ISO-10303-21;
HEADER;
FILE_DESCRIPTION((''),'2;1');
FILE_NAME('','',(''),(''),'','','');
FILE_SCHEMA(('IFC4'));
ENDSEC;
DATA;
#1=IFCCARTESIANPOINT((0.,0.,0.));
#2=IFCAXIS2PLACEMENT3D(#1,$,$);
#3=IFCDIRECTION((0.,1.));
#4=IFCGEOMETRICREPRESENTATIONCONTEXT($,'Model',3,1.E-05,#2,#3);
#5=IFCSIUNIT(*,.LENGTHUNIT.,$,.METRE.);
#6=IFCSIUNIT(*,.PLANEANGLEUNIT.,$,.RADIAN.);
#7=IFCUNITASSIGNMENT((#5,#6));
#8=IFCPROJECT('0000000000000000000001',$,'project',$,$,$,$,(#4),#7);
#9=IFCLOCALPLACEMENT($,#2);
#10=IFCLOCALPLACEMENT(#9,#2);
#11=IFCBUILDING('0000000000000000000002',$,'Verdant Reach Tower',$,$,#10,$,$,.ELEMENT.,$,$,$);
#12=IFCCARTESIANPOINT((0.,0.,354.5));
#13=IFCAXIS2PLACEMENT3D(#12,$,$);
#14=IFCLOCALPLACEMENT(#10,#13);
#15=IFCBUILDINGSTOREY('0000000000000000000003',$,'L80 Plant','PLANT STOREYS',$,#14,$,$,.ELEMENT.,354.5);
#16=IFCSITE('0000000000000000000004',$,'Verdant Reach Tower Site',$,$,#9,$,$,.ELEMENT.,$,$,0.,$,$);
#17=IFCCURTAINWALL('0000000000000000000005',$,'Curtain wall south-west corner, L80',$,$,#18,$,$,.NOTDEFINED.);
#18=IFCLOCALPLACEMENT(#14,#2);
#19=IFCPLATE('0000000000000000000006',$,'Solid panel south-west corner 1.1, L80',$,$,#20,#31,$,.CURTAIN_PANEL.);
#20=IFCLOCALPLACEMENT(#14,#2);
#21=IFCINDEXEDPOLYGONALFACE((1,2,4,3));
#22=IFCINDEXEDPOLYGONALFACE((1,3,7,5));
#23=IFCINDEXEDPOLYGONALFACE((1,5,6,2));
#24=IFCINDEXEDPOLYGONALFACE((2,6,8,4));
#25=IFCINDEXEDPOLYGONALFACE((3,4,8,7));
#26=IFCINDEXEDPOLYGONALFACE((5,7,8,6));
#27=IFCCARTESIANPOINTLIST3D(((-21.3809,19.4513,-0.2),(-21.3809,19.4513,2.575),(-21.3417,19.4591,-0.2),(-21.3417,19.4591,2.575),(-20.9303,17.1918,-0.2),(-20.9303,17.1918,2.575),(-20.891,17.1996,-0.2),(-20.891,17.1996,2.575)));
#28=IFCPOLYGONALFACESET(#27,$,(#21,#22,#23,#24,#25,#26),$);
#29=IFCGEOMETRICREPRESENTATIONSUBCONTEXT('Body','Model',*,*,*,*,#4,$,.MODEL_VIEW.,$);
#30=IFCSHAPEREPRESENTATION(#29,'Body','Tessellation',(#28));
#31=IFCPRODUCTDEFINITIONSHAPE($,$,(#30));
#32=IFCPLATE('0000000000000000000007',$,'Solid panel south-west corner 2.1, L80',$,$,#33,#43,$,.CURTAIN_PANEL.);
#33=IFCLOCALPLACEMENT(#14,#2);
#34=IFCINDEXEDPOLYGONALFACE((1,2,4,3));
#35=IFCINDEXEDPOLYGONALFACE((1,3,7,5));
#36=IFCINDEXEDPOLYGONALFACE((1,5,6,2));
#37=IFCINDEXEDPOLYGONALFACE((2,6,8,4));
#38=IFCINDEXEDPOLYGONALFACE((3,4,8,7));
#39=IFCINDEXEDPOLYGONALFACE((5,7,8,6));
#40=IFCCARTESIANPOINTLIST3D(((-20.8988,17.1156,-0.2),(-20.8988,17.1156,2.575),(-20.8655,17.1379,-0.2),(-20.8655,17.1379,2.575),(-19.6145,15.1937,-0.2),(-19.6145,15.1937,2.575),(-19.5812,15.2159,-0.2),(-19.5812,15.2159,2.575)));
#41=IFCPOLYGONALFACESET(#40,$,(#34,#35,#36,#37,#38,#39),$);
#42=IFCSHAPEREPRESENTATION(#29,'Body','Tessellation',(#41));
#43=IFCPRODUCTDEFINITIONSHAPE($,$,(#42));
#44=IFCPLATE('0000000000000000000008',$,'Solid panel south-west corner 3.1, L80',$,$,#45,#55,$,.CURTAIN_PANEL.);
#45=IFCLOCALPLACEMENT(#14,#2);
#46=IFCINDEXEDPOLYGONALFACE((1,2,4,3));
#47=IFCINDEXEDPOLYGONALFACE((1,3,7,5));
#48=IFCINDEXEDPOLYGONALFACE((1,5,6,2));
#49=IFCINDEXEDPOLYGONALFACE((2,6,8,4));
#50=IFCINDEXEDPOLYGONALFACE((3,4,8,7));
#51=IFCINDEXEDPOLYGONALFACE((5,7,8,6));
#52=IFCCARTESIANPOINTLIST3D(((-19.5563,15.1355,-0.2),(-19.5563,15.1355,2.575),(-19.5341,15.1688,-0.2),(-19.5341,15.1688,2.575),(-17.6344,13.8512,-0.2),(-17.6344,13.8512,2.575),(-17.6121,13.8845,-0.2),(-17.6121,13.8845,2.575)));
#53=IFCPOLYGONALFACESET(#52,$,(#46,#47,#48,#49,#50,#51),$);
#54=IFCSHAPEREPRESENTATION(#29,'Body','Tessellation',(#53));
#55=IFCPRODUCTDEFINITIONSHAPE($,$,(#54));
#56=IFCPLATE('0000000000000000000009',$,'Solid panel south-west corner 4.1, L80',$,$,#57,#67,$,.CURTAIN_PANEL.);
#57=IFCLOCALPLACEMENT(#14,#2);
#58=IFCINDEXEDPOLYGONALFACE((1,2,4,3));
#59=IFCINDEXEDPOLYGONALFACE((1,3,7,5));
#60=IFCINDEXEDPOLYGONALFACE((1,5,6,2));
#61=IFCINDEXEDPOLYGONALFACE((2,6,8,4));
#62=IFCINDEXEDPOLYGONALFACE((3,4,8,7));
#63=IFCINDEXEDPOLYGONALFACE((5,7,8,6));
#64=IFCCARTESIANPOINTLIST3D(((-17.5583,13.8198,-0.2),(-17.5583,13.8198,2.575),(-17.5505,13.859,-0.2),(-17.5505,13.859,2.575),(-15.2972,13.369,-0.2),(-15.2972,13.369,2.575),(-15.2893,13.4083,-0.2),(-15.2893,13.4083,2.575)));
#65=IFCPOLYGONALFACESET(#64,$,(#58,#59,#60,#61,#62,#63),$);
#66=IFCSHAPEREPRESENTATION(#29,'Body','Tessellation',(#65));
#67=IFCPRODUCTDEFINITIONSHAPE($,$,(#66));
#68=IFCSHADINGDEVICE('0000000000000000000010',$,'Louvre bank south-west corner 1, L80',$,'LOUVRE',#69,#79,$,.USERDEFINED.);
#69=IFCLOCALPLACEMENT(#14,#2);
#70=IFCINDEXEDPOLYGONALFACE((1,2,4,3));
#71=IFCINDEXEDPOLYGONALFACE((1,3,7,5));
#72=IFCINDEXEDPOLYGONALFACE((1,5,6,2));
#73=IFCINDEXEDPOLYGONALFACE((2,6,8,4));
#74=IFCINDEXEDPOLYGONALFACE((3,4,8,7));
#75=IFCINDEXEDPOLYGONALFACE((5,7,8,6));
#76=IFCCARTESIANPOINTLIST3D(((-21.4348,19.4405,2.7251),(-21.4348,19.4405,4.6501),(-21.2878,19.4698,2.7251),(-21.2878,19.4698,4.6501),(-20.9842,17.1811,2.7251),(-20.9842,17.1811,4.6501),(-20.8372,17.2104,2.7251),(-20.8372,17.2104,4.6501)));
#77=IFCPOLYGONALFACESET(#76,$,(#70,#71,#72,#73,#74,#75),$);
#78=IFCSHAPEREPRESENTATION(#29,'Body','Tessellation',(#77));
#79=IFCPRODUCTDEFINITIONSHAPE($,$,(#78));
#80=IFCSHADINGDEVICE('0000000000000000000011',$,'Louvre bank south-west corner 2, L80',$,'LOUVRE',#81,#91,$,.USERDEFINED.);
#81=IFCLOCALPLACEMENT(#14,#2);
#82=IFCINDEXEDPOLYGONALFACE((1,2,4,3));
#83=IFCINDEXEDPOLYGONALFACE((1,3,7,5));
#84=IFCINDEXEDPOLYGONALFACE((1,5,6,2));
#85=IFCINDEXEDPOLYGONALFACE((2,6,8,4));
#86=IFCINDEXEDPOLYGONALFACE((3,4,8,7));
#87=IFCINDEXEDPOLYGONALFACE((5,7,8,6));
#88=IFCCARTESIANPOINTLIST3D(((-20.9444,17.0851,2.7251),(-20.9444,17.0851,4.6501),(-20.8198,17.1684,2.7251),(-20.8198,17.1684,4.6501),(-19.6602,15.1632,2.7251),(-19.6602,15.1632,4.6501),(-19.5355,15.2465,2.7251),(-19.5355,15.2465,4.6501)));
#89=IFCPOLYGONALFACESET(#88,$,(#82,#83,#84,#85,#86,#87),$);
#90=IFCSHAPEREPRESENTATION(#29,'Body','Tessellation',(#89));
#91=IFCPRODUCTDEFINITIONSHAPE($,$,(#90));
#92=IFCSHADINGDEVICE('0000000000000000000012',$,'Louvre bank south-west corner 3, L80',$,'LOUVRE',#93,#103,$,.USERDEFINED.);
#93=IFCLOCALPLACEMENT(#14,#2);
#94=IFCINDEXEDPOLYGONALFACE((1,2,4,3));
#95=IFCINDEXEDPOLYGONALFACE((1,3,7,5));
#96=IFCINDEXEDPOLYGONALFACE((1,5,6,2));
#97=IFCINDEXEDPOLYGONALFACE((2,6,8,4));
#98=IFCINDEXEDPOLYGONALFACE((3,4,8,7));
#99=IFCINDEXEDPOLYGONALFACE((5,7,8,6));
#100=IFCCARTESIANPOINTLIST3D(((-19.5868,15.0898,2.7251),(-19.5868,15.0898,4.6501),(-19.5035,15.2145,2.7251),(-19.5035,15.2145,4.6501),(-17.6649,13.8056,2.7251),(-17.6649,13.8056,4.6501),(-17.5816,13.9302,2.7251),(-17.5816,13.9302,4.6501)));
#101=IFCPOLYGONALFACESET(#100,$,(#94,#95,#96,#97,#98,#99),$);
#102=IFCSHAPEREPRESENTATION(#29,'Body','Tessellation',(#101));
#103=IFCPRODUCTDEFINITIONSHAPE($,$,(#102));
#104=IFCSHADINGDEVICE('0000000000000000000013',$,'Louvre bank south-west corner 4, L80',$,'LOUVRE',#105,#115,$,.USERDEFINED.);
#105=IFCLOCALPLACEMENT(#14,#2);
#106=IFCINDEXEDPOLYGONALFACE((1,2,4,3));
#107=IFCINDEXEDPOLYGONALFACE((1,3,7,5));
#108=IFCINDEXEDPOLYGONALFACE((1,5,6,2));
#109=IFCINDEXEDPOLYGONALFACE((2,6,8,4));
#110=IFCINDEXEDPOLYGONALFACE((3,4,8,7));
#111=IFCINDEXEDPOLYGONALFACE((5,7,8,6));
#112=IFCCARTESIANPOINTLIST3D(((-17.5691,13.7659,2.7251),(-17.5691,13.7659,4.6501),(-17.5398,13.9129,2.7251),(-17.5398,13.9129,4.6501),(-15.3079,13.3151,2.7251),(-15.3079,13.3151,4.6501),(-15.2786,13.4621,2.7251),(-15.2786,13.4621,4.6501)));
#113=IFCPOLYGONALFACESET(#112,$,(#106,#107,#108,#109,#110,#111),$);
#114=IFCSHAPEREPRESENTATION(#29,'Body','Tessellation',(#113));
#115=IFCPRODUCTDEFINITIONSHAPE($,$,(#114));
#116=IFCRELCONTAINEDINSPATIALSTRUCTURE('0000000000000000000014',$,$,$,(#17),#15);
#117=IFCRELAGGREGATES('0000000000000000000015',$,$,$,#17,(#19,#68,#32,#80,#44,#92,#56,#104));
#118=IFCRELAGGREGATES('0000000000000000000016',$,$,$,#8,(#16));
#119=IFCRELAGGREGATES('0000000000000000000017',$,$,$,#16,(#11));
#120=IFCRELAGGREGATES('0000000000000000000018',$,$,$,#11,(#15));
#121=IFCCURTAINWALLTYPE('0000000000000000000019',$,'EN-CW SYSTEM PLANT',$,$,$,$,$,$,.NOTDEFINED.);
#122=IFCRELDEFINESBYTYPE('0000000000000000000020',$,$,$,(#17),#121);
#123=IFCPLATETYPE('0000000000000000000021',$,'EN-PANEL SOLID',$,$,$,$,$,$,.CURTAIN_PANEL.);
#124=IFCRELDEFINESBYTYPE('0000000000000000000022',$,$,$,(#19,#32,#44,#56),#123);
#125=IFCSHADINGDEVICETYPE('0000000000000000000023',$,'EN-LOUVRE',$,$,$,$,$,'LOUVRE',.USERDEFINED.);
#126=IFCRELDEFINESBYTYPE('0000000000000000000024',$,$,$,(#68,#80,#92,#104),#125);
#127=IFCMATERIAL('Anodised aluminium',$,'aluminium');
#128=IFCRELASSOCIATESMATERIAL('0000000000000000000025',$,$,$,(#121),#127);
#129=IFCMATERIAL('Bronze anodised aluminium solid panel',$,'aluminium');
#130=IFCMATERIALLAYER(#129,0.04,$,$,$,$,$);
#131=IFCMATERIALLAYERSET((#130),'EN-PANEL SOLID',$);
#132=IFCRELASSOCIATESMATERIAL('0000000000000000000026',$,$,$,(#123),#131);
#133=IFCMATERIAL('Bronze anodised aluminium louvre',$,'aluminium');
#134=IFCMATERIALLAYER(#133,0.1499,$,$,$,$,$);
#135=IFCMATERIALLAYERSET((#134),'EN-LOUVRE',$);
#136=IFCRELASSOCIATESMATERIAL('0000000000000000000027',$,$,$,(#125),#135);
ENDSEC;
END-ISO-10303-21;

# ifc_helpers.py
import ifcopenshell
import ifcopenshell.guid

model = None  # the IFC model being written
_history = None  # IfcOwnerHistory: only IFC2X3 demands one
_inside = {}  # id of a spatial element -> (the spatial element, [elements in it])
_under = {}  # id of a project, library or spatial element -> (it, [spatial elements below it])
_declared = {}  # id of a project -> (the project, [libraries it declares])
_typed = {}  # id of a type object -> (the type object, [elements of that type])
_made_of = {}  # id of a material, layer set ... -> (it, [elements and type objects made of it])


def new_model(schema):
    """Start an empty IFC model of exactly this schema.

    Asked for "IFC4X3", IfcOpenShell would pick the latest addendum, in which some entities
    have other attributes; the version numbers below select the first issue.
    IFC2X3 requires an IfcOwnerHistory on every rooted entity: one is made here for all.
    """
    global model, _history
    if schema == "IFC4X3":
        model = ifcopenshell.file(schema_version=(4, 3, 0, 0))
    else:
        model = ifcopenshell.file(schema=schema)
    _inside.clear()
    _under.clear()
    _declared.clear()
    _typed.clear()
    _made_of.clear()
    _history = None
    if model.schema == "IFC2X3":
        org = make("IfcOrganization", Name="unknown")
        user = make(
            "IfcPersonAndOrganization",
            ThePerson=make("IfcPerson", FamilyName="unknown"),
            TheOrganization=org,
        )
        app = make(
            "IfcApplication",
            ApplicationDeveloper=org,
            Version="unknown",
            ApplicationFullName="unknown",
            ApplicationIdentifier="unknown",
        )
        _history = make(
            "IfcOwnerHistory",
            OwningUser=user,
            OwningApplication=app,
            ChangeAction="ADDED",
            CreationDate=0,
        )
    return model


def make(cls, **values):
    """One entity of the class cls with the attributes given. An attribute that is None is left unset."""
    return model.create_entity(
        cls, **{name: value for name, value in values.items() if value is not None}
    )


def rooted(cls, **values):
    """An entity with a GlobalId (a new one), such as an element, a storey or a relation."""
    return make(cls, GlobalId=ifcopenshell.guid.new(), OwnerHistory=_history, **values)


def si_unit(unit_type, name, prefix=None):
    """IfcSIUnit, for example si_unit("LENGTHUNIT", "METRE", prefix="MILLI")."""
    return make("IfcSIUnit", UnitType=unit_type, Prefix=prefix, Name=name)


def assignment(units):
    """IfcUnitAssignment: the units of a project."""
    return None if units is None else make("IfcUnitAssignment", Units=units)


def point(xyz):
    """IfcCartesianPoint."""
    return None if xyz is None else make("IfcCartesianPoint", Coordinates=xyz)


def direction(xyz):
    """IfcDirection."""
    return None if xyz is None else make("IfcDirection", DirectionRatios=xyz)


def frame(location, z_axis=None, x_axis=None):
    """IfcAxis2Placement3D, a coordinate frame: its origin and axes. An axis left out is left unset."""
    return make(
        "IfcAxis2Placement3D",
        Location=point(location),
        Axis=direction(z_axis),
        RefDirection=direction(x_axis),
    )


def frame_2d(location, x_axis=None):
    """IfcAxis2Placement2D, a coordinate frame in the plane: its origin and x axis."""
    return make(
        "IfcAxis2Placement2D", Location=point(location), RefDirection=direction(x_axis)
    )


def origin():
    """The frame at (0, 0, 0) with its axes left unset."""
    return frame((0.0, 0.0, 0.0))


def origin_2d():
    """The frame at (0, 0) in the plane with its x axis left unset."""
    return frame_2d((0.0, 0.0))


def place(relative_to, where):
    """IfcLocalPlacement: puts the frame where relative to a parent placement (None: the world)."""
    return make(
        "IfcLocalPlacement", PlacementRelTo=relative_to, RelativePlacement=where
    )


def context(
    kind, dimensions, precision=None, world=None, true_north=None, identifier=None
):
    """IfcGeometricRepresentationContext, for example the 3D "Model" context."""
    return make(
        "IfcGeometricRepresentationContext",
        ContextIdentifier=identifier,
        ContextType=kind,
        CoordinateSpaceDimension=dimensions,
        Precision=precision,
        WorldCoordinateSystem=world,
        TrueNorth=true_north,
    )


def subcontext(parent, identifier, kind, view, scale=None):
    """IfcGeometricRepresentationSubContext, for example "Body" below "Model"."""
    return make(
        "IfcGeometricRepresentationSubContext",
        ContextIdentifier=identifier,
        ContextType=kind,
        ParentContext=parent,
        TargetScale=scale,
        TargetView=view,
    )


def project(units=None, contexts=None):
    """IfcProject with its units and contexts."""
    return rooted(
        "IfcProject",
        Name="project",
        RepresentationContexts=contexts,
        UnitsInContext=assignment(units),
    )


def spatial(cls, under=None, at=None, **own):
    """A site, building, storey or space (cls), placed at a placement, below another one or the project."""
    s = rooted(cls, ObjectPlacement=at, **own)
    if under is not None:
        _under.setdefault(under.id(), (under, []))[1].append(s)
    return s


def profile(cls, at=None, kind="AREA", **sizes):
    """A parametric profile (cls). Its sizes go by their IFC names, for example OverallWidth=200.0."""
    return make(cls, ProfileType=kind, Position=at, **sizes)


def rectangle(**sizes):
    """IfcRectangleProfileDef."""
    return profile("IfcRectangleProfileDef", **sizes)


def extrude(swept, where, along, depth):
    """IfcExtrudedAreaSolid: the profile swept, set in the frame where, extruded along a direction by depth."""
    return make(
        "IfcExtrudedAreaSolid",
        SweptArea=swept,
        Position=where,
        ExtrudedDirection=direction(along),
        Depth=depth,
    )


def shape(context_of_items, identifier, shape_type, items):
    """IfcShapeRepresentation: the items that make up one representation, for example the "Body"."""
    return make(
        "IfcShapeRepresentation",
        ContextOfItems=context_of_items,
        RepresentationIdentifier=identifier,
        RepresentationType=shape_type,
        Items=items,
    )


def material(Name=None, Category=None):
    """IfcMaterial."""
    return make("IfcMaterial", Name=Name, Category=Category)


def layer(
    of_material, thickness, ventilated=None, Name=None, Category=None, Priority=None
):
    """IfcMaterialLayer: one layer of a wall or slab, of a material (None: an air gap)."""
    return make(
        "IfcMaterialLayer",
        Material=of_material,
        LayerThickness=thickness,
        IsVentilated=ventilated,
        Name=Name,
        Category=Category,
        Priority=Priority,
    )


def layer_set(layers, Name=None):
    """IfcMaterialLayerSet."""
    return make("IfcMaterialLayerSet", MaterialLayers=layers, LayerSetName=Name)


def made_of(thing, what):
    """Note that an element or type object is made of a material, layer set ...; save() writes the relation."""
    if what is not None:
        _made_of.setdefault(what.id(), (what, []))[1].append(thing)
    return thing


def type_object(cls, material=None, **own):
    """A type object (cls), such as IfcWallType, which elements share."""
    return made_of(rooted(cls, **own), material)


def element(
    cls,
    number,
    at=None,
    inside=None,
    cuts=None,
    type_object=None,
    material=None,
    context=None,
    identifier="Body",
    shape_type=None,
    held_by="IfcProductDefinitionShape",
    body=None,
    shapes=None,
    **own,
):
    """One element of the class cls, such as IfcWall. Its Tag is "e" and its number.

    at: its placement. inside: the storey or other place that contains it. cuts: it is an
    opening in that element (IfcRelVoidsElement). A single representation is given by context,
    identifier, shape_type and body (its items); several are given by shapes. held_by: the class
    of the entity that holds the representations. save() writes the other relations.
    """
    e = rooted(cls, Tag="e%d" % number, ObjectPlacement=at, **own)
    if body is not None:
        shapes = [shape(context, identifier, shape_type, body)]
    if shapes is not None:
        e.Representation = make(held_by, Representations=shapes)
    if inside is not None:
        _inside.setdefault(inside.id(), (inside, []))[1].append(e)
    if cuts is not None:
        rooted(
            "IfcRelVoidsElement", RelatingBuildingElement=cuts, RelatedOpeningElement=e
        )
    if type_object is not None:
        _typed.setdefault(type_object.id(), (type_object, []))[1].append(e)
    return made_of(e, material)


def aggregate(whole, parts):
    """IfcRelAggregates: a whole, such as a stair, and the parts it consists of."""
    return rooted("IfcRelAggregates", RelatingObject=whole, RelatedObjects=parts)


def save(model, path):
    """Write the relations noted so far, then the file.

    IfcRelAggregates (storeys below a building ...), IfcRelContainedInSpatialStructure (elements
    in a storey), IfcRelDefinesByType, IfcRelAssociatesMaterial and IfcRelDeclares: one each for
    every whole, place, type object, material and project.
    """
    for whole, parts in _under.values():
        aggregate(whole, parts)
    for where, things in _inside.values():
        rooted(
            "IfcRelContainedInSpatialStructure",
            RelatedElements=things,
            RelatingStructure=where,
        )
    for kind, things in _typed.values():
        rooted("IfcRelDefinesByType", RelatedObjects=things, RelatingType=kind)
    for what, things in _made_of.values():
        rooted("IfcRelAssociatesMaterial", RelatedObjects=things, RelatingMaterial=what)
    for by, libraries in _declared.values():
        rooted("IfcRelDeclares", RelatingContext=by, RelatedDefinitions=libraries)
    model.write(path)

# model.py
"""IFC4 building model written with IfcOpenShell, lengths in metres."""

from ifc_helpers import new_model, si_unit, direction, frame, origin, origin_2d, place, context, subcontext, project, spatial, rectangle, extrude, material, layer, layer_set, type_object, element, aggregate, save


model = new_model("IFC4")

# Units and contexts
model_context = context("Model", 3, precision=1e-05, world=origin(), true_north=direction((0.0, 1.0)))
body_context = subcontext(model_context, "Body", "Model", "MODEL_VIEW")
ifc_project = project(units=[si_unit("LENGTHUNIT", "METRE"), si_unit("PLANEANGLEUNIT", "RADIAN")], contexts=[model_context])

# Site, building, storey
site_placement = place(None, origin())
site = spatial("IfcSite", under=ifc_project, at=site_placement, Name="Verdant Reach Tower Site", CompositionType="ELEMENT", RefElevation=0.0)
building_placement = place(site_placement, origin())
building = spatial("IfcBuilding", under=site, at=building_placement, Name="Verdant Reach Tower", CompositionType="ELEMENT")
storey_placement = place(building_placement, frame((0.0, 0.0, 354.5)))
storey = spatial("IfcBuildingStorey", under=building, at=storey_placement, Name="L80 Plant", Description="PLANT STOREYS", CompositionType="ELEMENT", Elevation=354.5)

# Curtain wall
ifc_material_1 = material(Name="Anodised aluminium", Category="aluminium")
curtain_wall_type = type_object("IfcCurtainWallType", Name="EN-CW SYSTEM PLANT", PredefinedType="NOTDEFINED", material=ifc_material_1)
curtain_wall_1_placement = place(storey_placement, origin())
curtain_wall_1 = element("IfcCurtainWall", 1, at=curtain_wall_1_placement, inside=storey, type_object=curtain_wall_type, Name="Curtain wall south-west corner, L80", PredefinedType="NOTDEFINED")

# Plates
ifc_material_2 = material(Name="Bronze anodised aluminium solid panel", Category="aluminium")
ifc_layer_1 = layer(ifc_material_2, 0.04)
ifc_layer_set_1 = layer_set([ifc_layer_1], Name="EN-PANEL SOLID")
plate_type = type_object("IfcPlateType", Name="EN-PANEL SOLID", PredefinedType="CURTAIN_PANEL", material=ifc_layer_set_1)
plate_1_placement = place(storey_placement, frame((-21.136, 18.3254, -0.2), z_axis=(0.0, 0.0, 1.0), x_axis=(0.195593, -0.980685, 0.0)))
plate_1 = element("IfcPlate", 2, at=plate_1_placement, type_object=plate_type, Name="Solid panel south-west corner 1.1, L80", PredefinedType="CURTAIN_PANEL", context=body_context, shape_type="SweptSolid", body=[
    extrude(rectangle(XDim=2.304, YDim=0.04, at=origin_2d()), origin(), (0.0, 0.0, 1.0), 2.7749),
])
plate_2_placement = place(storey_placement, frame((-20.24, 16.1658, -0.2), z_axis=(0.0, 0.0, 1.0), x_axis=(0.555596, -0.831452, 0.0)))
plate_2 = element("IfcPlate", 3, at=plate_2_placement, type_object=plate_type, Name="Solid panel south-west corner 2.1, L80", PredefinedType="CURTAIN_PANEL", context=body_context, shape_type="SweptSolid", body=[
    extrude(rectangle(XDim=2.3115, YDim=0.04, at=origin_2d()), origin(), (0.0, 0.0, 1.0), 2.7749),
])
plate_3_placement = place(storey_placement, frame((-18.5842, 14.51, -0.2), z_axis=(0.0, 0.0, 1.0), x_axis=(0.831452, -0.555596, 0.0)))
plate_3 = element("IfcPlate", 4, at=plate_3_placement, type_object=plate_type, Name="Solid panel south-west corner 3.1, L80", PredefinedType="CURTAIN_PANEL", context=body_context, shape_type="SweptSolid", body=[
    extrude(rectangle(XDim=2.3115, YDim=0.04, at=origin_2d()), origin(), (0.0, 0.0, 1.0), 2.7749),
])
plate_4_placement = place(storey_placement, frame((-16.4238, 13.614, -0.2), z_axis=(0.0, 0.0, 1.0), x_axis=(0.980705, -0.195493, 0.0)))
plate_4 = element("IfcPlate", 5, at=plate_4_placement, type_object=plate_type, Name="Solid panel south-west corner 4.1, L80", PredefinedType="CURTAIN_PANEL", context=body_context, shape_type="SweptSolid", body=[
    extrude(rectangle(XDim=2.3057, YDim=0.04, at=origin_2d()), origin(), (0.0, 0.0, 1.0), 2.7749),
])

# Shading devices
ifc_material_3 = material(Name="Bronze anodised aluminium louvre", Category="aluminium")
ifc_layer_2 = layer(ifc_material_3, 0.1499)
ifc_layer_set_2 = layer_set([ifc_layer_2], Name="EN-LOUVRE")
shading_device_type = type_object("IfcShadingDeviceType", Name="EN-LOUVRE", ElementType="LOUVRE", PredefinedType="USERDEFINED", material=ifc_layer_set_2)
shading_device_1_placement = place(storey_placement, frame((-21.136, 18.3254, 2.7251), z_axis=(0.0, 0.0, 1.0), x_axis=(0.195593, -0.980685, 0.0)))
shading_device_1 = element("IfcShadingDevice", 6, at=shading_device_1_placement, type_object=shading_device_type, Name="Louvre bank south-west corner 1, L80", ObjectType="LOUVRE", PredefinedType="USERDEFINED", context=body_context, shape_type="SweptSolid", body=[
    extrude(rectangle(XDim=2.304, YDim=0.1499, at=origin_2d()), origin(), (0.0, 0.0, 1.0), 1.925),
])
shading_device_2_placement = place(storey_placement, frame((-20.24, 16.1658, 2.7251), z_axis=(0.0, 0.0, 1.0), x_axis=(0.555596, -0.831452, 0.0)))
shading_device_2 = element("IfcShadingDevice", 7, at=shading_device_2_placement, type_object=shading_device_type, Name="Louvre bank south-west corner 2, L80", ObjectType="LOUVRE", PredefinedType="USERDEFINED", context=body_context, shape_type="SweptSolid", body=[
    extrude(rectangle(XDim=2.3115, YDim=0.1499, at=origin_2d()), origin(), (0.0, 0.0, 1.0), 1.925),
])
shading_device_3_placement = place(storey_placement, frame((-18.5842, 14.51, 2.7251), z_axis=(0.0, 0.0, 1.0), x_axis=(0.831452, -0.555596, 0.0)))
shading_device_3 = element("IfcShadingDevice", 8, at=shading_device_3_placement, type_object=shading_device_type, Name="Louvre bank south-west corner 3, L80", ObjectType="LOUVRE", PredefinedType="USERDEFINED", context=body_context, shape_type="SweptSolid", body=[
    extrude(rectangle(XDim=2.3115, YDim=0.1499, at=origin_2d()), origin(), (0.0, 0.0, 1.0), 1.925),
])
shading_device_4_placement = place(storey_placement, frame((-16.4238, 13.614, 2.7251), z_axis=(0.0, 0.0, 1.0), x_axis=(0.980705, -0.195493, 0.0)))
shading_device_4 = element("IfcShadingDevice", 9, at=shading_device_4_placement, type_object=shading_device_type, Name="Louvre bank south-west corner 4, L80", ObjectType="LOUVRE", PredefinedType="USERDEFINED", context=body_context, shape_type="SweptSolid", body=[
    extrude(rectangle(XDim=2.3057, YDim=0.1499, at=origin_2d()), origin(), (0.0, 0.0, 1.0), 1.925),
])
aggregate(curtain_wall_1, [plate_1, shading_device_1, plate_2, shading_device_2, plate_3, shading_device_3, plate_4, shading_device_4])

save(model, "model.ifc")
